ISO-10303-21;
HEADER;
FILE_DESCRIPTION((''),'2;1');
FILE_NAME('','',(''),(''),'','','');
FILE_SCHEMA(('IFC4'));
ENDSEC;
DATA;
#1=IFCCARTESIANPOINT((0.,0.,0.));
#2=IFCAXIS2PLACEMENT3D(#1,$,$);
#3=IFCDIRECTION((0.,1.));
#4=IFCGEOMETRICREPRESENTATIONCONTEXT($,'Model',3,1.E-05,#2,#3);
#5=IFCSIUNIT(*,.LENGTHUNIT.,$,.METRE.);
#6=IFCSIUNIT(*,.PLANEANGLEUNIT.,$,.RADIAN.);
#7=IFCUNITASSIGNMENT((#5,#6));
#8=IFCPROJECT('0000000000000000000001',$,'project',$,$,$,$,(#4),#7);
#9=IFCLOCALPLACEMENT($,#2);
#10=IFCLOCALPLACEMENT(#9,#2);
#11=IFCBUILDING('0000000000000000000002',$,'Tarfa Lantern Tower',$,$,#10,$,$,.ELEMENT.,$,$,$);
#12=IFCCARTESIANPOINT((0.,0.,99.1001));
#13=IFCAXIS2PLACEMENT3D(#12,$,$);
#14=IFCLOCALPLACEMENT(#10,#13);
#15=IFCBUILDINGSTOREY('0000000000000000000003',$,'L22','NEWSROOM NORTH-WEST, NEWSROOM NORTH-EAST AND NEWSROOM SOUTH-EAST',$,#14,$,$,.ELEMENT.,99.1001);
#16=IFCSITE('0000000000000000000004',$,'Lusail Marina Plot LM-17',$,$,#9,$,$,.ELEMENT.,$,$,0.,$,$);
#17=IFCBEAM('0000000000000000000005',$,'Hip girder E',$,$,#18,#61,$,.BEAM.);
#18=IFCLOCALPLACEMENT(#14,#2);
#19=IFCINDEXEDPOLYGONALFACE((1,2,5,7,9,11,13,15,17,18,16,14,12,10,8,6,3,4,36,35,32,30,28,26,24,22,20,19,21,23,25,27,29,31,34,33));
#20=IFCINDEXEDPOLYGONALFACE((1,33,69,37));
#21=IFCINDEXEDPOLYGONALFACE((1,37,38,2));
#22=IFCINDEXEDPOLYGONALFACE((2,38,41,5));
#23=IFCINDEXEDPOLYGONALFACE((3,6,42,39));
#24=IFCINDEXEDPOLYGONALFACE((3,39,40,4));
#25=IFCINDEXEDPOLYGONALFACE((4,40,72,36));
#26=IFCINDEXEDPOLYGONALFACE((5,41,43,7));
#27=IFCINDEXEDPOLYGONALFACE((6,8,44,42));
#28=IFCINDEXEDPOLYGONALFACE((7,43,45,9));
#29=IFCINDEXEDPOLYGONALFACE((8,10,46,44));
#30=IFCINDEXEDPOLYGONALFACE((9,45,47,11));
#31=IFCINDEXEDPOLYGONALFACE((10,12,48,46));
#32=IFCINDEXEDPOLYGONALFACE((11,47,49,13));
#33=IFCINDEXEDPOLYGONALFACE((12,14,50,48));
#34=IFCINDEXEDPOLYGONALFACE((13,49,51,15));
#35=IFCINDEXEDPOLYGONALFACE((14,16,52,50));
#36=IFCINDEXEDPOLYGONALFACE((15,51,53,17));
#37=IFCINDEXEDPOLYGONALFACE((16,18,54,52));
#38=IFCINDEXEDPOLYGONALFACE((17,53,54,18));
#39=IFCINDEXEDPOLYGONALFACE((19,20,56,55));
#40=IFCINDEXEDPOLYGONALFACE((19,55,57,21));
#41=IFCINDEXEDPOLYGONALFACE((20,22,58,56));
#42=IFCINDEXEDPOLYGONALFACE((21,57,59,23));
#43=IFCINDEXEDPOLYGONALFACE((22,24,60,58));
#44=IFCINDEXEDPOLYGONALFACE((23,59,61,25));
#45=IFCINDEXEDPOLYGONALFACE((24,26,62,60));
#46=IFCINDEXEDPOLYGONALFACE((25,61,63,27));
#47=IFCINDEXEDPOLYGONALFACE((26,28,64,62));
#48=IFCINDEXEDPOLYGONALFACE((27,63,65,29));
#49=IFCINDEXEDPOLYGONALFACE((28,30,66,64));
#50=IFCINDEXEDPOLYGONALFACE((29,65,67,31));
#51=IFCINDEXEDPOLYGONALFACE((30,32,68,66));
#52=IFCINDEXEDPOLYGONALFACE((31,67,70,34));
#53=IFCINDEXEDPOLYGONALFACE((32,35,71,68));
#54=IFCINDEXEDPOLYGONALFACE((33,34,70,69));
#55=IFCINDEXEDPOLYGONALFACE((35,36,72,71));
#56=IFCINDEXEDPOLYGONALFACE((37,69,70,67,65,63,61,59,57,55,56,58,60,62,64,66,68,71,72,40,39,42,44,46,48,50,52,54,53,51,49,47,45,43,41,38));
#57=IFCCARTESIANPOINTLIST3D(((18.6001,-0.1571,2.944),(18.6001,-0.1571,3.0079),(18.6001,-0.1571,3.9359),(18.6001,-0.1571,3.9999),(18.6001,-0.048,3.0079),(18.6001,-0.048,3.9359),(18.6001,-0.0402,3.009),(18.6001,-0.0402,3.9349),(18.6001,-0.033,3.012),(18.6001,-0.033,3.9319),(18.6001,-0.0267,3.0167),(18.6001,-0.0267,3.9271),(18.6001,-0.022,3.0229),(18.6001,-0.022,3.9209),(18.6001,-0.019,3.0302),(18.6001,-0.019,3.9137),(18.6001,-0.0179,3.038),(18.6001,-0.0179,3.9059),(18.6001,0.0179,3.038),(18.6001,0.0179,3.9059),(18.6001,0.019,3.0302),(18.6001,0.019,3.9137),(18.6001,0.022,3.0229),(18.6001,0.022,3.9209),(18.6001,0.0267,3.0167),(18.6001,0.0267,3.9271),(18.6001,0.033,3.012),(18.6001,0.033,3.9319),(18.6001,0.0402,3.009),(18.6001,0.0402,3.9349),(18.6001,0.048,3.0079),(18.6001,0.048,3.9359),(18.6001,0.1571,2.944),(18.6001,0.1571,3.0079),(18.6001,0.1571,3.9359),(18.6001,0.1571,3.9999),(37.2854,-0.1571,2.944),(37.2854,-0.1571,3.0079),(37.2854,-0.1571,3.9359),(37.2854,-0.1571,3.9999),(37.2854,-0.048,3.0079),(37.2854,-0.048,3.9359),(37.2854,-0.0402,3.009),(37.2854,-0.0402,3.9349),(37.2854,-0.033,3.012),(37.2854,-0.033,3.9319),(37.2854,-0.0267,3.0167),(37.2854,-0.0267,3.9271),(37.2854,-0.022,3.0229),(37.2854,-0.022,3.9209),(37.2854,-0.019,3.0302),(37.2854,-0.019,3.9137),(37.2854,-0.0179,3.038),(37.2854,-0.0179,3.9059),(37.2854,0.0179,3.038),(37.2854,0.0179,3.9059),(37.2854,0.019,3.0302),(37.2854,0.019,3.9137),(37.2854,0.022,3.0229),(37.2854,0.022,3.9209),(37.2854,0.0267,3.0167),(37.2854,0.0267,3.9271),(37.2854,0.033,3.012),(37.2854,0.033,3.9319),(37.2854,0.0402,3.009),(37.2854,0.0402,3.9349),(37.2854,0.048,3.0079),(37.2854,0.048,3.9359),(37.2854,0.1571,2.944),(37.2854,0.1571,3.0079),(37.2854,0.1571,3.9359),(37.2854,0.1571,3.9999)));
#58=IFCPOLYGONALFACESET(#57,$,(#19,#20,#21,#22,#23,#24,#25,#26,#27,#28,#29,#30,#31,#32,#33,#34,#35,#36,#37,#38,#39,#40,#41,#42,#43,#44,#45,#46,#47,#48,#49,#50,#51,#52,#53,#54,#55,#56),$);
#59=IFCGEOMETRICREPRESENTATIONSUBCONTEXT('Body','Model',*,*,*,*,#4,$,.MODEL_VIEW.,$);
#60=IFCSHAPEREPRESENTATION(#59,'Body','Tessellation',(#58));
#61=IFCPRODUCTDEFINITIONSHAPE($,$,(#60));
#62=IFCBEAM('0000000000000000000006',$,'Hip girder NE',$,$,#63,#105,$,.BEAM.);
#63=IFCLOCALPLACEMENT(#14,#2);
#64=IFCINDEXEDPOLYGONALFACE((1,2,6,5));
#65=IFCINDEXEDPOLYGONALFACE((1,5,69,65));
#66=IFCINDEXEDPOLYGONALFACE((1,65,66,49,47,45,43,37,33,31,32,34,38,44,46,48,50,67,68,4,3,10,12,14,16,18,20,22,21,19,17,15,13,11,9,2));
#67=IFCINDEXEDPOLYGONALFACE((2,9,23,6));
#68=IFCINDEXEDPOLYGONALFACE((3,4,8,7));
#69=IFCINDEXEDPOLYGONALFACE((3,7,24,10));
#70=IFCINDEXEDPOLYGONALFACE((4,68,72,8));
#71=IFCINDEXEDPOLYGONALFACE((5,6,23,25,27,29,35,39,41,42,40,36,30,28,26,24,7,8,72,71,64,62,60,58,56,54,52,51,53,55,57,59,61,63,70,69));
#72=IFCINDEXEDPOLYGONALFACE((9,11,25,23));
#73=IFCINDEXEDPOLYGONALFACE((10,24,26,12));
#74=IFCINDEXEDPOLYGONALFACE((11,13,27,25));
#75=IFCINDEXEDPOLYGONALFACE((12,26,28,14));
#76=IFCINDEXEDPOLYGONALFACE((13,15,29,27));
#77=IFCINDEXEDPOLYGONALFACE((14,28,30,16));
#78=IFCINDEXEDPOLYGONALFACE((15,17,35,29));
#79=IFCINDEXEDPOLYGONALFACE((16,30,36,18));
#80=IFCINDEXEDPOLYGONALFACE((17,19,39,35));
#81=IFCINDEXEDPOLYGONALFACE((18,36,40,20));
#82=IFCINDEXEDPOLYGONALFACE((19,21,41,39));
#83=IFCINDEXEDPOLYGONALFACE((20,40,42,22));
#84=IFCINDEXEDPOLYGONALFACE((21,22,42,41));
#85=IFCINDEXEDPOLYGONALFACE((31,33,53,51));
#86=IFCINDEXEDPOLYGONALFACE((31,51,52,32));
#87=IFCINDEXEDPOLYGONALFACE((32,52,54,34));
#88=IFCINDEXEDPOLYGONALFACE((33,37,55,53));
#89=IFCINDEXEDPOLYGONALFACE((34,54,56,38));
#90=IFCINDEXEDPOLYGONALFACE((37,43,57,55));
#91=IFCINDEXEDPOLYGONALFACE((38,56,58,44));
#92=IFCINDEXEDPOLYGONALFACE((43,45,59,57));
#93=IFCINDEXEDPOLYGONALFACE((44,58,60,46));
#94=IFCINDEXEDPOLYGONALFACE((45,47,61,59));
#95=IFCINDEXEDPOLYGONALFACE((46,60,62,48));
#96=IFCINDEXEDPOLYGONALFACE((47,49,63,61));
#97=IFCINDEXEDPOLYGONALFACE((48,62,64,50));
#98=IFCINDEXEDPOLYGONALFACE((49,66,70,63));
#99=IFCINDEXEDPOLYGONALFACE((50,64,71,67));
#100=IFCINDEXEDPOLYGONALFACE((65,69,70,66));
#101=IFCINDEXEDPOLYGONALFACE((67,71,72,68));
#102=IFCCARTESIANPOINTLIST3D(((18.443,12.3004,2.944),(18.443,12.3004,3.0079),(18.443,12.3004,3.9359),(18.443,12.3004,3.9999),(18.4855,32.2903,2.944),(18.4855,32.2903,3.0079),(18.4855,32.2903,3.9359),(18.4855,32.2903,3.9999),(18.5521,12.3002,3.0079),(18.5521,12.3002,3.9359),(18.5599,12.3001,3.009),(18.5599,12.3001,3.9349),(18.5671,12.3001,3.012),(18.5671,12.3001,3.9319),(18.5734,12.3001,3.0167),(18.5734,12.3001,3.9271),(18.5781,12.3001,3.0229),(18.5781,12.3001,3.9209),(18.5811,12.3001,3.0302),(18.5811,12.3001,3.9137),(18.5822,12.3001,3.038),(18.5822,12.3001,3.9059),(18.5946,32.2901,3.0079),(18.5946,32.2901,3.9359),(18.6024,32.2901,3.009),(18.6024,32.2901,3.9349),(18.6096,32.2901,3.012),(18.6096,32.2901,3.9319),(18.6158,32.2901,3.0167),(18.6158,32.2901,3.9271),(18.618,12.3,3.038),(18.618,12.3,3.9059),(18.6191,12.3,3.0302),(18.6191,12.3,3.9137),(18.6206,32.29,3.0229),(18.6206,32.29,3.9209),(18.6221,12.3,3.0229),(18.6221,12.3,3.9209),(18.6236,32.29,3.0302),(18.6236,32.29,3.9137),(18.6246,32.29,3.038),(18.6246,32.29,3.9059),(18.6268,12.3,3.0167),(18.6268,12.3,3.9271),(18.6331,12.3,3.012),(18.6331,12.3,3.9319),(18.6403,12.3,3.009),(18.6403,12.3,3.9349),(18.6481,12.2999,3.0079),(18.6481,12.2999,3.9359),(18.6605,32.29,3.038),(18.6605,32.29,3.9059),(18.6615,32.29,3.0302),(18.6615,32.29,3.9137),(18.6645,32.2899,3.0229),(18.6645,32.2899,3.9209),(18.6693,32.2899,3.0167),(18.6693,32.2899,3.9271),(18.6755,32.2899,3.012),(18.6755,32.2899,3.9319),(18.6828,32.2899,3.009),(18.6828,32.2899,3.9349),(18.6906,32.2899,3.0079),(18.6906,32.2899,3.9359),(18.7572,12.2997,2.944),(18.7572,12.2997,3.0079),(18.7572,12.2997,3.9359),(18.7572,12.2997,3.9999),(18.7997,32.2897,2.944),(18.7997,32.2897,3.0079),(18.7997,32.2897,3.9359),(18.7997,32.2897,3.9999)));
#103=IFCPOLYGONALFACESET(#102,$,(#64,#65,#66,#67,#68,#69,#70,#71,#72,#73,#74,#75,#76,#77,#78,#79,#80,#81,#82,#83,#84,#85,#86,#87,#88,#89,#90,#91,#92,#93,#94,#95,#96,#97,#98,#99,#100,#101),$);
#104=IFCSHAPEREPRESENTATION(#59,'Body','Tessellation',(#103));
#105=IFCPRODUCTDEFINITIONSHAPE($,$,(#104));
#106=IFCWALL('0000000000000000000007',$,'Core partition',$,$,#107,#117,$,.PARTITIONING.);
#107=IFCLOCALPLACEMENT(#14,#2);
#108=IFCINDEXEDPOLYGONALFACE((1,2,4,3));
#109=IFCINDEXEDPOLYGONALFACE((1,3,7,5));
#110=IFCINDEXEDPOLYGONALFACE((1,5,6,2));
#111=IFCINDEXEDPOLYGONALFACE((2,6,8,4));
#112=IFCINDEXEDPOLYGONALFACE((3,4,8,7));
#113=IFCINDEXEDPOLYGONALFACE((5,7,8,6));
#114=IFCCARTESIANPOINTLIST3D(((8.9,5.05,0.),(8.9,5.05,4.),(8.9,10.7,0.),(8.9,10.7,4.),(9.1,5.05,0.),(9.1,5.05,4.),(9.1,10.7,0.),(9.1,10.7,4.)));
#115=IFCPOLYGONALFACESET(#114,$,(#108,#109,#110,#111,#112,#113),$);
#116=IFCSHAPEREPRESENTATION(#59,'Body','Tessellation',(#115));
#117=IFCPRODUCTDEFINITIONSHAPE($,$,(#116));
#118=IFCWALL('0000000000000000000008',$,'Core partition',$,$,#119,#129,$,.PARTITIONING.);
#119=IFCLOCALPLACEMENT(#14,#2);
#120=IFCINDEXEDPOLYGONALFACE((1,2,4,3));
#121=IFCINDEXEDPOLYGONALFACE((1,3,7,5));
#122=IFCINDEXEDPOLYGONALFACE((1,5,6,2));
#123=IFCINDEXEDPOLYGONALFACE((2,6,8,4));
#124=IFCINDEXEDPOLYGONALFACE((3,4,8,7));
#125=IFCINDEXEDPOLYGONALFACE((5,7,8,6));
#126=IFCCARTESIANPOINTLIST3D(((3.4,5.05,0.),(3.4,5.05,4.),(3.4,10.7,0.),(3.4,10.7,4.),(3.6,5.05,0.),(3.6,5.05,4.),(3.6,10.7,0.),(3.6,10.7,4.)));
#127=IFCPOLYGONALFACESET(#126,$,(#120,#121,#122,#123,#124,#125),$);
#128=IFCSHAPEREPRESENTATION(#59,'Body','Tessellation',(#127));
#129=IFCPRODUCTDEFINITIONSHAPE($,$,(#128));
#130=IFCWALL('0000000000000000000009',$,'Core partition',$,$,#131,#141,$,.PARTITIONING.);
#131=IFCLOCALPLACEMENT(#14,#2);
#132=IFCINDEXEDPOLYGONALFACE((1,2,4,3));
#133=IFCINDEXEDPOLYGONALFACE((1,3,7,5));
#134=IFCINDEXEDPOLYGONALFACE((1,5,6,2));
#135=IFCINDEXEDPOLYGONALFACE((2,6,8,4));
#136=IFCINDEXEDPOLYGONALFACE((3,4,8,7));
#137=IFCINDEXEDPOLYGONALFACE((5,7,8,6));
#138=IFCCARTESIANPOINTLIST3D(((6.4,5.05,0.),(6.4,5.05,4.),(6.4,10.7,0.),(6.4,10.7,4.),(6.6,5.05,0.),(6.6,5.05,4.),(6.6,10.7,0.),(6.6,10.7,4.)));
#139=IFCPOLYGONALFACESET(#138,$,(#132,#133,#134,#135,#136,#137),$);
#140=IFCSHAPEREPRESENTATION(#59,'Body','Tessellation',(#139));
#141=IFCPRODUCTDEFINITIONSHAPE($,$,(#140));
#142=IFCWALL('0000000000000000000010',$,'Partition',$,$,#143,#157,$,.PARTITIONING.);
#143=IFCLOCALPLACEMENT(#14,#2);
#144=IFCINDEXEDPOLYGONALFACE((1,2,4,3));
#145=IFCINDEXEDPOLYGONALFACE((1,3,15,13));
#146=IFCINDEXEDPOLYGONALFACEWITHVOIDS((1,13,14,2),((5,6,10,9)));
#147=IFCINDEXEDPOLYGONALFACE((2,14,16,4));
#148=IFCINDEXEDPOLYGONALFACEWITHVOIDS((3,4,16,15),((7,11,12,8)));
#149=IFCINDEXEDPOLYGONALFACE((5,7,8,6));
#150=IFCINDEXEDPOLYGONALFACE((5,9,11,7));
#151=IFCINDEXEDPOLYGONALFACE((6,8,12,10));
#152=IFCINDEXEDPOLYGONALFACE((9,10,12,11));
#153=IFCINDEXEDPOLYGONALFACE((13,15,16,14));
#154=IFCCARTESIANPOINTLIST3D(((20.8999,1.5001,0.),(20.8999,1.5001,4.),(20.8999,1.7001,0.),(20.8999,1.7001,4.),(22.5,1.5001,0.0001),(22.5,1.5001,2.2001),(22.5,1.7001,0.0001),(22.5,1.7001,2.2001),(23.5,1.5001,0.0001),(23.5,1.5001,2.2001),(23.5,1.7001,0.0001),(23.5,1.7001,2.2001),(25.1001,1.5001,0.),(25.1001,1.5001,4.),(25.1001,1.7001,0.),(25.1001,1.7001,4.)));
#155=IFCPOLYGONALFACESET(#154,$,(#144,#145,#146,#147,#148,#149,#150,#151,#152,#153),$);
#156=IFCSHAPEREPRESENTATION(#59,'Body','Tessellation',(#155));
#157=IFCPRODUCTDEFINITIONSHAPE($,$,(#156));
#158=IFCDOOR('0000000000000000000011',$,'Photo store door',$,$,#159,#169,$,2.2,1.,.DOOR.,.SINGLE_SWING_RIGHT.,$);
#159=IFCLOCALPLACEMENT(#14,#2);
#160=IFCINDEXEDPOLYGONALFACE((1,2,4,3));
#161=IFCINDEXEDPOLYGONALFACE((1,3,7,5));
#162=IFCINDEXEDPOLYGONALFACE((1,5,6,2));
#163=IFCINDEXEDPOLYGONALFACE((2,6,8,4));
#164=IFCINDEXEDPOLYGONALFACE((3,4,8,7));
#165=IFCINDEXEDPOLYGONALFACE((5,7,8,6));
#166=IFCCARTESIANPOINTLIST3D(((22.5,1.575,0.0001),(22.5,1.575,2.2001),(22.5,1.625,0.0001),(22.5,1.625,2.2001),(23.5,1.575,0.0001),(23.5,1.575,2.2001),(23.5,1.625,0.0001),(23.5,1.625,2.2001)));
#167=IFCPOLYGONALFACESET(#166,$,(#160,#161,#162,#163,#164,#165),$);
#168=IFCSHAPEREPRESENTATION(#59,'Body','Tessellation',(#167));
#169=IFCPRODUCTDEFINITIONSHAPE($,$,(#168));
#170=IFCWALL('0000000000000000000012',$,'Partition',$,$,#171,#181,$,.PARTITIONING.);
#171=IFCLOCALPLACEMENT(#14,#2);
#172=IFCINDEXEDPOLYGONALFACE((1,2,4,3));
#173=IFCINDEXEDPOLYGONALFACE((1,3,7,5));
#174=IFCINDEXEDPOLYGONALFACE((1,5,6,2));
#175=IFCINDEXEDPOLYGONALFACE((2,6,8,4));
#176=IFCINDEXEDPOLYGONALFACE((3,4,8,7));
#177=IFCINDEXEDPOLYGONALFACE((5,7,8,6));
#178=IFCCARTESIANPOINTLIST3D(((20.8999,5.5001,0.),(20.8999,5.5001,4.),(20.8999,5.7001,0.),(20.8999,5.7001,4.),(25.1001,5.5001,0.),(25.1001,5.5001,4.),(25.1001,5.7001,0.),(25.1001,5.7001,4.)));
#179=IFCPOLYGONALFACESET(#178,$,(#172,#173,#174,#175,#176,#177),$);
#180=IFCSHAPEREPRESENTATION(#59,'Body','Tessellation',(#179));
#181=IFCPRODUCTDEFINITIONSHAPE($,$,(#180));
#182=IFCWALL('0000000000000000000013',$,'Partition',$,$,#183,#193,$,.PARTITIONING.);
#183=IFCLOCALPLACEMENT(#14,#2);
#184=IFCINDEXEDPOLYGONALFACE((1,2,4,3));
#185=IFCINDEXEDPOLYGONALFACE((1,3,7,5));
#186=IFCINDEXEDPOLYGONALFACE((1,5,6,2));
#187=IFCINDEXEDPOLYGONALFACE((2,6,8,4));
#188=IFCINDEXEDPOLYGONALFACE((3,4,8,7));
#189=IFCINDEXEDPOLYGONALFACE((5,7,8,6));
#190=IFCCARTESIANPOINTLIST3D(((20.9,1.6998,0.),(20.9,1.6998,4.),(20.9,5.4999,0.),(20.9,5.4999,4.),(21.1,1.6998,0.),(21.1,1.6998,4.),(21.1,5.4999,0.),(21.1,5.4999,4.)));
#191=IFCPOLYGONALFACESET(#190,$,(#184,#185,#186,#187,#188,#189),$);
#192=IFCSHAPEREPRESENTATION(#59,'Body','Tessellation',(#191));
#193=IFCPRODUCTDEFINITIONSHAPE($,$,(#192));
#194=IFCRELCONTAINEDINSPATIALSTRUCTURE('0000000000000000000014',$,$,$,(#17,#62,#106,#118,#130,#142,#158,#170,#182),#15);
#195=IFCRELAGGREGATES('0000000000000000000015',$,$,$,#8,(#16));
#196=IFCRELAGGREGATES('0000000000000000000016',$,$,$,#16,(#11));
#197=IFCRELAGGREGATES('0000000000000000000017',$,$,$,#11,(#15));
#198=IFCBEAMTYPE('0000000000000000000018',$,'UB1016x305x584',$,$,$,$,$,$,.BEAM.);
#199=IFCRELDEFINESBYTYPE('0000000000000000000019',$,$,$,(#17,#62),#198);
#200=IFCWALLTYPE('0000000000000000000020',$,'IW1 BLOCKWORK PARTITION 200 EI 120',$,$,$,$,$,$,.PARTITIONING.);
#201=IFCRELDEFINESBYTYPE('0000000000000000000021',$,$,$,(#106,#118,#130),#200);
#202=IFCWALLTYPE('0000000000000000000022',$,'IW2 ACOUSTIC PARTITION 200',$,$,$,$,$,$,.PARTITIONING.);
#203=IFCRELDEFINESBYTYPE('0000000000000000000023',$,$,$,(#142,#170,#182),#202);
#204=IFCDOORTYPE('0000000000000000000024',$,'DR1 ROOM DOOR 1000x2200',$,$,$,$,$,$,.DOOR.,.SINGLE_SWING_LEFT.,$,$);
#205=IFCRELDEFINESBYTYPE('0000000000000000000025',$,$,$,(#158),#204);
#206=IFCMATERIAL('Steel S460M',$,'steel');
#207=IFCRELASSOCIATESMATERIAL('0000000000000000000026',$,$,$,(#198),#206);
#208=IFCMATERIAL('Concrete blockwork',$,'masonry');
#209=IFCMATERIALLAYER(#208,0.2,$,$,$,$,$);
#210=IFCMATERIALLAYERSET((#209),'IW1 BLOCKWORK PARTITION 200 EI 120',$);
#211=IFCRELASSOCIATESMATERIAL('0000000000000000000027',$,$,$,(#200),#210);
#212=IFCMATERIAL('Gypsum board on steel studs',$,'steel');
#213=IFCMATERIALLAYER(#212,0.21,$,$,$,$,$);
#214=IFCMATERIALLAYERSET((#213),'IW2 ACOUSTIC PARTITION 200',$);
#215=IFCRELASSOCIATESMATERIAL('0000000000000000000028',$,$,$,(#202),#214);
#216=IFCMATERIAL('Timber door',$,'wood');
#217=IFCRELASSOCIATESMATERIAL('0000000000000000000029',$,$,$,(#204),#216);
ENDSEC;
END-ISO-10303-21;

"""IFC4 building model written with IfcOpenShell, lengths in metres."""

from ifc_helpers import new_model, si_unit, direction, frame, frame_2d, origin, origin_2d, place, context, subcontext, project, spatial, rectangle, i_section, extrude, material, layer, layer_set, material_profile, profile_set, type_object, element, fill, save


model = new_model("IFC4")

# Units and contexts
model_context = context("Model", 3, precision=1e-05, world=origin(), true_north=direction((0.0, 1.0)))
body_context = subcontext(model_context, "Body", "Model", "MODEL_VIEW")
ifc_project = project(units=[si_unit("LENGTHUNIT", "METRE"), si_unit("PLANEANGLEUNIT", "RADIAN")], contexts=[model_context])

# Site, building, storey
site_placement = place(None, origin())
site = spatial("IfcSite", under=ifc_project, at=site_placement, Name="Lusail Marina Plot LM-17", CompositionType="ELEMENT", RefElevation=0.0)
building_placement = place(site_placement, origin())
building = spatial("IfcBuilding", under=site, at=building_placement, Name="Tarfa Lantern Tower", CompositionType="ELEMENT")
storey_placement = place(building_placement, frame((0.0, 0.0, 99.1001)))
storey = spatial("IfcBuildingStorey", under=building, at=storey_placement, Name="L22", Description="NEWSROOM NORTH-WEST, NEWSROOM NORTH-EAST AND NEWSROOM SOUTH-EAST", CompositionType="ELEMENT", Elevation=99.1001)

# Beams
ifc_material_1 = material(Name="Steel S460M", Category="steel")
ifc_material_profile = material_profile(ifc_material_1, i_section(OverallWidth=0.3142, OverallDepth=1.0559, WebThickness=0.0359, FlangeThickness=0.064, FilletRadius=0.03, at=origin_2d()), Name="UB1016x305x584")
ifc_profile_set = profile_set([ifc_material_profile], Name="Steel S460M")
beam_type = type_object("IfcBeamType", Name="UB1016x305x584", PredefinedType="BEAM", material=ifc_profile_set)
beam_1_placement = place(storey_placement, frame((18.6001, 0.0, 3.4719), z_axis=(1.0, 0.0, 0.0), x_axis=(0.0, 1.0, 0.0)))
element("IfcBeam", 1, at=beam_1_placement, inside=storey, type_object=beam_type, Name="Hip girder E", PredefinedType="BEAM", context=body_context, shape_type="SweptSolid", body=[
    extrude(i_section(OverallWidth=0.3142, OverallDepth=1.0559, WebThickness=0.0359, FlangeThickness=0.064, FilletRadius=0.03, at=origin_2d()), origin(), (0.0, 0.0, 1.0), 18.6853),
])
beam_2_placement = place(storey_placement, frame((18.6001, 12.3, 3.4719), z_axis=(0.002125, 0.999998, 0.0), x_axis=(-0.999998, 0.002125, 0.0)))
element("IfcBeam", 2, at=beam_2_placement, inside=storey, type_object=beam_type, Name="Hip girder NE", PredefinedType="BEAM", context=body_context, shape_type="SweptSolid", body=[
    extrude(i_section(OverallWidth=0.3142, OverallDepth=1.0559, WebThickness=0.0359, FlangeThickness=0.064, FilletRadius=0.03, at=origin_2d()), origin(), (0.0, 0.0, 1.0), 19.99),
])

# Walls
ifc_material_2 = material(Name="Concrete blockwork", Category="masonry")
ifc_layer_1 = layer(ifc_material_2, 0.2)
ifc_layer_set_1 = layer_set([ifc_layer_1], Name="IW1 BLOCKWORK PARTITION 200 EI 120")
wall_type_1 = type_object("IfcWallType", Name="IW1 BLOCKWORK PARTITION 200 EI 120", PredefinedType="PARTITIONING", material=ifc_layer_set_1)
for number, where, z_axis, x_axis, name in (
    (3, (9.0, 5.05, 0.0), (0.0, 0.0, 1.0), (0.0, 1.0, 0.0), "Core partition"),
    (4, (3.5, 5.05, 0.0), (0.0, 0.0, 1.0), (0.0, 1.0, 0.0), "Core partition"),
    (5, (6.5, 5.05, 0.0), (0.0, 0.0, 1.0), (0.0, 1.0, 0.0), "Core partition"),
):
    element("IfcWall", number, at=place(storey_placement, frame(where, z_axis=z_axis, x_axis=x_axis)), inside=storey, type_object=wall_type_1, Name=name, PredefinedType="PARTITIONING", context=body_context, shape_type="SweptSolid", body=[
        extrude(rectangle(XDim=5.6499, YDim=0.2, at=frame_2d((2.825, 0.0))), origin(), (0.0, 0.0, 1.0), 4.0),
    ])

# Wall, opening, door
ifc_material_3 = material(Name="Gypsum board on steel studs", Category="steel")
ifc_layer_2 = layer(ifc_material_3, 0.21)
ifc_layer_set_2 = layer_set([ifc_layer_2], Name="IW2 ACOUSTIC PARTITION 200")
wall_type_2 = type_object("IfcWallType", Name="IW2 ACOUSTIC PARTITION 200", PredefinedType="PARTITIONING", material=ifc_layer_set_2)
wall_1_placement = place(storey_placement, frame((20.8999, 1.6001, 0.0), z_axis=(0.0, 0.0, 1.0), x_axis=(1.0, 0.0, 0.0)))
wall_1 = element("IfcWall", 6, at=wall_1_placement, inside=storey, type_object=wall_type_2, Name="Partition", PredefinedType="PARTITIONING", context=body_context, shape_type="SweptSolid", body=[
    extrude(rectangle(XDim=4.2002, YDim=0.2, at=frame_2d((2.1001, 0.0))), origin(), (0.0, 0.0, 1.0), 4.0),
])
opening_1_placement = place(wall_1_placement, frame((1.6001, 0.0, 0.0)))
opening_1 = element("IfcOpeningElement", 7, at=opening_1_placement, cuts=wall_1, PredefinedType="OPENING", context=body_context, shape_type="SweptSolid", body=[
    extrude(rectangle(XDim=1.0, YDim=2.2, at=frame_2d((0.5, 1.1001))), frame((0.0, 0.1099, 0.0), z_axis=(0.0, -1.0, 0.0), x_axis=(1.0, 0.0, 0.0)), (0.0, 0.0, 1.0), 0.22),
])
ifc_material_4 = material(Name="Timber door", Category="wood")
door_type_1 = type_object("IfcDoorType", Name="DR1 ROOM DOOR 1000x2200", OperationType="SINGLE_SWING_LEFT", PredefinedType="DOOR", material=ifc_material_4)
door_1_placement = place(opening_1_placement, origin())
door_1 = element("IfcDoor", 8, at=door_1_placement, inside=storey, type_object=door_type_1, Name="Photo store door", OperationType="SINGLE_SWING_RIGHT", OverallHeight=2.2, OverallWidth=1.0, PredefinedType="DOOR", context=body_context, shape_type="SweptSolid", body=[
    extrude(rectangle(XDim=1.0, YDim=2.2, at=frame_2d((0.5, 1.1001))), frame((0.0, 0.0249, 0.0), z_axis=(0.0, -1.0, 0.0), x_axis=(1.0, 0.0, 0.0)), (0.0, 0.0, 1.0), 0.05),
])
fill(opening_1, door_1)

# Walls
wall_2_placement = place(storey_placement, frame((20.8999, 5.6001, 0.0), z_axis=(0.0, 0.0, 1.0), x_axis=(1.0, 0.0, 0.0)))
element("IfcWall", 9, at=wall_2_placement, inside=storey, type_object=wall_type_2, Name="Partition", PredefinedType="PARTITIONING", context=body_context, shape_type="SweptSolid", body=[
    extrude(rectangle(XDim=4.2002, YDim=0.2, at=frame_2d((2.1001, 0.0))), origin(), (0.0, 0.0, 1.0), 4.0),
])
wall_3_placement = place(storey_placement, frame((21.0, 1.7, 0.0), z_axis=(0.0, 0.0, 1.0), x_axis=(0.0, 1.0, 0.0)))
element("IfcWall", 10, at=wall_3_placement, inside=storey, type_object=wall_type_2, Name="Partition", PredefinedType="PARTITIONING", context=body_context, shape_type="SweptSolid", body=[
    extrude(rectangle(XDim=3.8, YDim=0.2, at=frame_2d((1.8999, 0.0))), origin(), (0.0, 0.0, 1.0), 4.0),
])

save(model, "model.ifc")
